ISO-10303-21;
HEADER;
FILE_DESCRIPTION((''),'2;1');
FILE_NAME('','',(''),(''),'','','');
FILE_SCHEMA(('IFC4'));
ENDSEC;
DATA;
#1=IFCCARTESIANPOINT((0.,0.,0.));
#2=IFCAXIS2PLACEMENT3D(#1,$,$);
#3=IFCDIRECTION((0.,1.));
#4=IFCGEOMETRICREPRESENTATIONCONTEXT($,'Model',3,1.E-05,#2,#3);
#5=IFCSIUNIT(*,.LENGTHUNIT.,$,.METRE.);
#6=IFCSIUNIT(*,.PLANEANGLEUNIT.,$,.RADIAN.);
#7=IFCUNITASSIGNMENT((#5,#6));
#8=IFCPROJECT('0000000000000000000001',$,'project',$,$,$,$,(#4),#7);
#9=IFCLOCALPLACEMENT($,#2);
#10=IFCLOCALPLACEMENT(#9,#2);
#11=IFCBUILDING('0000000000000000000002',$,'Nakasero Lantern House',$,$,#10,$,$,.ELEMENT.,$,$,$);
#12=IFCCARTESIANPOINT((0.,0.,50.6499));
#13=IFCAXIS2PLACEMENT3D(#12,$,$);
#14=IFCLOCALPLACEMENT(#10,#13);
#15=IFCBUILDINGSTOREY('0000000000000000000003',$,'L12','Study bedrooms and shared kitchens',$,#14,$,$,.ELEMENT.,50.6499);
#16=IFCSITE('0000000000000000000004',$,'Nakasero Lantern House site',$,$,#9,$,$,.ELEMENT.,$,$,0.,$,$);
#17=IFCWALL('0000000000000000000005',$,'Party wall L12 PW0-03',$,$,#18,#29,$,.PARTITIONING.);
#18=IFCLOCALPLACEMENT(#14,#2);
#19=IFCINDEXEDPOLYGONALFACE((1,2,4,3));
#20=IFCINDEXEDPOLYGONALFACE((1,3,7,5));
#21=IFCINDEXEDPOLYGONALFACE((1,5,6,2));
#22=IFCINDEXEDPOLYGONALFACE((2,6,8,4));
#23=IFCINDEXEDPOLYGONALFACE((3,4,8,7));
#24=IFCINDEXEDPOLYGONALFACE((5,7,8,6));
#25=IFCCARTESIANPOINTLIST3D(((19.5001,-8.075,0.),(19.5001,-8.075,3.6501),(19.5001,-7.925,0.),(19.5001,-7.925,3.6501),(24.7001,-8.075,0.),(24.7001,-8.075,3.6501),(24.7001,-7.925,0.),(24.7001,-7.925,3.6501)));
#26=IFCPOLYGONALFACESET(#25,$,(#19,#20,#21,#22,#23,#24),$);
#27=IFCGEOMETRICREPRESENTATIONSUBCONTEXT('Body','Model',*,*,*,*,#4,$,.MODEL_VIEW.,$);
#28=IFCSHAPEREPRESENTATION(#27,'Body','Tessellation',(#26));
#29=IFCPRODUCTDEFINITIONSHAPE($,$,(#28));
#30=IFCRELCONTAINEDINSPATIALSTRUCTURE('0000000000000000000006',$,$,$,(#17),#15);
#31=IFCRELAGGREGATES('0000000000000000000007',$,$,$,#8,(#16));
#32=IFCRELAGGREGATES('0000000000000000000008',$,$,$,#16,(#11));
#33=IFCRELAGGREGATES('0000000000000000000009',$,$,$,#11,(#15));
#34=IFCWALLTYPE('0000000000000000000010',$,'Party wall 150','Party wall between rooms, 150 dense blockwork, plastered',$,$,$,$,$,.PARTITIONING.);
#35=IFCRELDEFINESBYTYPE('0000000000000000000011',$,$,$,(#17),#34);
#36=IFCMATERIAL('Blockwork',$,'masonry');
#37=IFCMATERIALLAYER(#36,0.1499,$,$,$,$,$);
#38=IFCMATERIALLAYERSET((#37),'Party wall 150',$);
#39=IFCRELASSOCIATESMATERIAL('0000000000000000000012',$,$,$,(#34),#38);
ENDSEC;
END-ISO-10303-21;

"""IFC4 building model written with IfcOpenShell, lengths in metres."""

from ifc_helpers import new_model, si_unit, direction, frame, frame_2d, origin, place, context, subcontext, project, spatial, rectangle, extrude, material, layer, layer_set, type_object, element, save


model = new_model("IFC4")

# Units and contexts
model_context = context("Model", 3, precision=1e-05, world=origin(), true_north=direction((0.0, 1.0)))
body_context = subcontext(model_context, "Body", "Model", "MODEL_VIEW")
ifc_project = project(units=[si_unit("LENGTHUNIT", "METRE"), si_unit("PLANEANGLEUNIT", "RADIAN")], contexts=[model_context])

# Site, building, storey
site_placement = place(None, origin())
site = spatial("IfcSite", under=ifc_project, at=site_placement, Name="Nakasero Lantern House site", CompositionType="ELEMENT", RefElevation=0.0)
building_placement = place(site_placement, origin())
building = spatial("IfcBuilding", under=site, at=building_placement, Name="Nakasero Lantern House", CompositionType="ELEMENT")
storey_placement = place(building_placement, frame((0.0, 0.0, 50.6499)))
storey = spatial("IfcBuildingStorey", under=building, at=storey_placement, Name="L12", Description="Study bedrooms and shared kitchens", CompositionType="ELEMENT", Elevation=50.6499)

# Wall
ifc_material_1 = material(Name="Blockwork", Category="masonry")
ifc_layer_1 = layer(ifc_material_1, 0.1499)
ifc_layer_set_1 = layer_set([ifc_layer_1], Name="Party wall 150")
wall_type_1 = type_object("IfcWallType", Name="Party wall 150", Description="Party wall between rooms, 150 dense blockwork, plastered", PredefinedType="PARTITIONING", material=ifc_layer_set_1)
wall_1_placement = place(storey_placement, frame((19.5, -8.0, 0.0), z_axis=(0.0, 0.0, 1.0), x_axis=(1.0, 0.0, 0.0)))
element("IfcWall", 1, at=wall_1_placement, inside=storey, type_object=wall_type_1, Name="Party wall L12 PW0-03", PredefinedType="PARTITIONING", context=body_context, shape_type="SweptSolid", body=[
    extrude(rectangle(XDim=5.2, YDim=0.1499, at=frame_2d((2.6001, 0.0))), origin(), (0.0, 0.0, 1.0), 3.6501),
])

save(model, "model.ifc")
